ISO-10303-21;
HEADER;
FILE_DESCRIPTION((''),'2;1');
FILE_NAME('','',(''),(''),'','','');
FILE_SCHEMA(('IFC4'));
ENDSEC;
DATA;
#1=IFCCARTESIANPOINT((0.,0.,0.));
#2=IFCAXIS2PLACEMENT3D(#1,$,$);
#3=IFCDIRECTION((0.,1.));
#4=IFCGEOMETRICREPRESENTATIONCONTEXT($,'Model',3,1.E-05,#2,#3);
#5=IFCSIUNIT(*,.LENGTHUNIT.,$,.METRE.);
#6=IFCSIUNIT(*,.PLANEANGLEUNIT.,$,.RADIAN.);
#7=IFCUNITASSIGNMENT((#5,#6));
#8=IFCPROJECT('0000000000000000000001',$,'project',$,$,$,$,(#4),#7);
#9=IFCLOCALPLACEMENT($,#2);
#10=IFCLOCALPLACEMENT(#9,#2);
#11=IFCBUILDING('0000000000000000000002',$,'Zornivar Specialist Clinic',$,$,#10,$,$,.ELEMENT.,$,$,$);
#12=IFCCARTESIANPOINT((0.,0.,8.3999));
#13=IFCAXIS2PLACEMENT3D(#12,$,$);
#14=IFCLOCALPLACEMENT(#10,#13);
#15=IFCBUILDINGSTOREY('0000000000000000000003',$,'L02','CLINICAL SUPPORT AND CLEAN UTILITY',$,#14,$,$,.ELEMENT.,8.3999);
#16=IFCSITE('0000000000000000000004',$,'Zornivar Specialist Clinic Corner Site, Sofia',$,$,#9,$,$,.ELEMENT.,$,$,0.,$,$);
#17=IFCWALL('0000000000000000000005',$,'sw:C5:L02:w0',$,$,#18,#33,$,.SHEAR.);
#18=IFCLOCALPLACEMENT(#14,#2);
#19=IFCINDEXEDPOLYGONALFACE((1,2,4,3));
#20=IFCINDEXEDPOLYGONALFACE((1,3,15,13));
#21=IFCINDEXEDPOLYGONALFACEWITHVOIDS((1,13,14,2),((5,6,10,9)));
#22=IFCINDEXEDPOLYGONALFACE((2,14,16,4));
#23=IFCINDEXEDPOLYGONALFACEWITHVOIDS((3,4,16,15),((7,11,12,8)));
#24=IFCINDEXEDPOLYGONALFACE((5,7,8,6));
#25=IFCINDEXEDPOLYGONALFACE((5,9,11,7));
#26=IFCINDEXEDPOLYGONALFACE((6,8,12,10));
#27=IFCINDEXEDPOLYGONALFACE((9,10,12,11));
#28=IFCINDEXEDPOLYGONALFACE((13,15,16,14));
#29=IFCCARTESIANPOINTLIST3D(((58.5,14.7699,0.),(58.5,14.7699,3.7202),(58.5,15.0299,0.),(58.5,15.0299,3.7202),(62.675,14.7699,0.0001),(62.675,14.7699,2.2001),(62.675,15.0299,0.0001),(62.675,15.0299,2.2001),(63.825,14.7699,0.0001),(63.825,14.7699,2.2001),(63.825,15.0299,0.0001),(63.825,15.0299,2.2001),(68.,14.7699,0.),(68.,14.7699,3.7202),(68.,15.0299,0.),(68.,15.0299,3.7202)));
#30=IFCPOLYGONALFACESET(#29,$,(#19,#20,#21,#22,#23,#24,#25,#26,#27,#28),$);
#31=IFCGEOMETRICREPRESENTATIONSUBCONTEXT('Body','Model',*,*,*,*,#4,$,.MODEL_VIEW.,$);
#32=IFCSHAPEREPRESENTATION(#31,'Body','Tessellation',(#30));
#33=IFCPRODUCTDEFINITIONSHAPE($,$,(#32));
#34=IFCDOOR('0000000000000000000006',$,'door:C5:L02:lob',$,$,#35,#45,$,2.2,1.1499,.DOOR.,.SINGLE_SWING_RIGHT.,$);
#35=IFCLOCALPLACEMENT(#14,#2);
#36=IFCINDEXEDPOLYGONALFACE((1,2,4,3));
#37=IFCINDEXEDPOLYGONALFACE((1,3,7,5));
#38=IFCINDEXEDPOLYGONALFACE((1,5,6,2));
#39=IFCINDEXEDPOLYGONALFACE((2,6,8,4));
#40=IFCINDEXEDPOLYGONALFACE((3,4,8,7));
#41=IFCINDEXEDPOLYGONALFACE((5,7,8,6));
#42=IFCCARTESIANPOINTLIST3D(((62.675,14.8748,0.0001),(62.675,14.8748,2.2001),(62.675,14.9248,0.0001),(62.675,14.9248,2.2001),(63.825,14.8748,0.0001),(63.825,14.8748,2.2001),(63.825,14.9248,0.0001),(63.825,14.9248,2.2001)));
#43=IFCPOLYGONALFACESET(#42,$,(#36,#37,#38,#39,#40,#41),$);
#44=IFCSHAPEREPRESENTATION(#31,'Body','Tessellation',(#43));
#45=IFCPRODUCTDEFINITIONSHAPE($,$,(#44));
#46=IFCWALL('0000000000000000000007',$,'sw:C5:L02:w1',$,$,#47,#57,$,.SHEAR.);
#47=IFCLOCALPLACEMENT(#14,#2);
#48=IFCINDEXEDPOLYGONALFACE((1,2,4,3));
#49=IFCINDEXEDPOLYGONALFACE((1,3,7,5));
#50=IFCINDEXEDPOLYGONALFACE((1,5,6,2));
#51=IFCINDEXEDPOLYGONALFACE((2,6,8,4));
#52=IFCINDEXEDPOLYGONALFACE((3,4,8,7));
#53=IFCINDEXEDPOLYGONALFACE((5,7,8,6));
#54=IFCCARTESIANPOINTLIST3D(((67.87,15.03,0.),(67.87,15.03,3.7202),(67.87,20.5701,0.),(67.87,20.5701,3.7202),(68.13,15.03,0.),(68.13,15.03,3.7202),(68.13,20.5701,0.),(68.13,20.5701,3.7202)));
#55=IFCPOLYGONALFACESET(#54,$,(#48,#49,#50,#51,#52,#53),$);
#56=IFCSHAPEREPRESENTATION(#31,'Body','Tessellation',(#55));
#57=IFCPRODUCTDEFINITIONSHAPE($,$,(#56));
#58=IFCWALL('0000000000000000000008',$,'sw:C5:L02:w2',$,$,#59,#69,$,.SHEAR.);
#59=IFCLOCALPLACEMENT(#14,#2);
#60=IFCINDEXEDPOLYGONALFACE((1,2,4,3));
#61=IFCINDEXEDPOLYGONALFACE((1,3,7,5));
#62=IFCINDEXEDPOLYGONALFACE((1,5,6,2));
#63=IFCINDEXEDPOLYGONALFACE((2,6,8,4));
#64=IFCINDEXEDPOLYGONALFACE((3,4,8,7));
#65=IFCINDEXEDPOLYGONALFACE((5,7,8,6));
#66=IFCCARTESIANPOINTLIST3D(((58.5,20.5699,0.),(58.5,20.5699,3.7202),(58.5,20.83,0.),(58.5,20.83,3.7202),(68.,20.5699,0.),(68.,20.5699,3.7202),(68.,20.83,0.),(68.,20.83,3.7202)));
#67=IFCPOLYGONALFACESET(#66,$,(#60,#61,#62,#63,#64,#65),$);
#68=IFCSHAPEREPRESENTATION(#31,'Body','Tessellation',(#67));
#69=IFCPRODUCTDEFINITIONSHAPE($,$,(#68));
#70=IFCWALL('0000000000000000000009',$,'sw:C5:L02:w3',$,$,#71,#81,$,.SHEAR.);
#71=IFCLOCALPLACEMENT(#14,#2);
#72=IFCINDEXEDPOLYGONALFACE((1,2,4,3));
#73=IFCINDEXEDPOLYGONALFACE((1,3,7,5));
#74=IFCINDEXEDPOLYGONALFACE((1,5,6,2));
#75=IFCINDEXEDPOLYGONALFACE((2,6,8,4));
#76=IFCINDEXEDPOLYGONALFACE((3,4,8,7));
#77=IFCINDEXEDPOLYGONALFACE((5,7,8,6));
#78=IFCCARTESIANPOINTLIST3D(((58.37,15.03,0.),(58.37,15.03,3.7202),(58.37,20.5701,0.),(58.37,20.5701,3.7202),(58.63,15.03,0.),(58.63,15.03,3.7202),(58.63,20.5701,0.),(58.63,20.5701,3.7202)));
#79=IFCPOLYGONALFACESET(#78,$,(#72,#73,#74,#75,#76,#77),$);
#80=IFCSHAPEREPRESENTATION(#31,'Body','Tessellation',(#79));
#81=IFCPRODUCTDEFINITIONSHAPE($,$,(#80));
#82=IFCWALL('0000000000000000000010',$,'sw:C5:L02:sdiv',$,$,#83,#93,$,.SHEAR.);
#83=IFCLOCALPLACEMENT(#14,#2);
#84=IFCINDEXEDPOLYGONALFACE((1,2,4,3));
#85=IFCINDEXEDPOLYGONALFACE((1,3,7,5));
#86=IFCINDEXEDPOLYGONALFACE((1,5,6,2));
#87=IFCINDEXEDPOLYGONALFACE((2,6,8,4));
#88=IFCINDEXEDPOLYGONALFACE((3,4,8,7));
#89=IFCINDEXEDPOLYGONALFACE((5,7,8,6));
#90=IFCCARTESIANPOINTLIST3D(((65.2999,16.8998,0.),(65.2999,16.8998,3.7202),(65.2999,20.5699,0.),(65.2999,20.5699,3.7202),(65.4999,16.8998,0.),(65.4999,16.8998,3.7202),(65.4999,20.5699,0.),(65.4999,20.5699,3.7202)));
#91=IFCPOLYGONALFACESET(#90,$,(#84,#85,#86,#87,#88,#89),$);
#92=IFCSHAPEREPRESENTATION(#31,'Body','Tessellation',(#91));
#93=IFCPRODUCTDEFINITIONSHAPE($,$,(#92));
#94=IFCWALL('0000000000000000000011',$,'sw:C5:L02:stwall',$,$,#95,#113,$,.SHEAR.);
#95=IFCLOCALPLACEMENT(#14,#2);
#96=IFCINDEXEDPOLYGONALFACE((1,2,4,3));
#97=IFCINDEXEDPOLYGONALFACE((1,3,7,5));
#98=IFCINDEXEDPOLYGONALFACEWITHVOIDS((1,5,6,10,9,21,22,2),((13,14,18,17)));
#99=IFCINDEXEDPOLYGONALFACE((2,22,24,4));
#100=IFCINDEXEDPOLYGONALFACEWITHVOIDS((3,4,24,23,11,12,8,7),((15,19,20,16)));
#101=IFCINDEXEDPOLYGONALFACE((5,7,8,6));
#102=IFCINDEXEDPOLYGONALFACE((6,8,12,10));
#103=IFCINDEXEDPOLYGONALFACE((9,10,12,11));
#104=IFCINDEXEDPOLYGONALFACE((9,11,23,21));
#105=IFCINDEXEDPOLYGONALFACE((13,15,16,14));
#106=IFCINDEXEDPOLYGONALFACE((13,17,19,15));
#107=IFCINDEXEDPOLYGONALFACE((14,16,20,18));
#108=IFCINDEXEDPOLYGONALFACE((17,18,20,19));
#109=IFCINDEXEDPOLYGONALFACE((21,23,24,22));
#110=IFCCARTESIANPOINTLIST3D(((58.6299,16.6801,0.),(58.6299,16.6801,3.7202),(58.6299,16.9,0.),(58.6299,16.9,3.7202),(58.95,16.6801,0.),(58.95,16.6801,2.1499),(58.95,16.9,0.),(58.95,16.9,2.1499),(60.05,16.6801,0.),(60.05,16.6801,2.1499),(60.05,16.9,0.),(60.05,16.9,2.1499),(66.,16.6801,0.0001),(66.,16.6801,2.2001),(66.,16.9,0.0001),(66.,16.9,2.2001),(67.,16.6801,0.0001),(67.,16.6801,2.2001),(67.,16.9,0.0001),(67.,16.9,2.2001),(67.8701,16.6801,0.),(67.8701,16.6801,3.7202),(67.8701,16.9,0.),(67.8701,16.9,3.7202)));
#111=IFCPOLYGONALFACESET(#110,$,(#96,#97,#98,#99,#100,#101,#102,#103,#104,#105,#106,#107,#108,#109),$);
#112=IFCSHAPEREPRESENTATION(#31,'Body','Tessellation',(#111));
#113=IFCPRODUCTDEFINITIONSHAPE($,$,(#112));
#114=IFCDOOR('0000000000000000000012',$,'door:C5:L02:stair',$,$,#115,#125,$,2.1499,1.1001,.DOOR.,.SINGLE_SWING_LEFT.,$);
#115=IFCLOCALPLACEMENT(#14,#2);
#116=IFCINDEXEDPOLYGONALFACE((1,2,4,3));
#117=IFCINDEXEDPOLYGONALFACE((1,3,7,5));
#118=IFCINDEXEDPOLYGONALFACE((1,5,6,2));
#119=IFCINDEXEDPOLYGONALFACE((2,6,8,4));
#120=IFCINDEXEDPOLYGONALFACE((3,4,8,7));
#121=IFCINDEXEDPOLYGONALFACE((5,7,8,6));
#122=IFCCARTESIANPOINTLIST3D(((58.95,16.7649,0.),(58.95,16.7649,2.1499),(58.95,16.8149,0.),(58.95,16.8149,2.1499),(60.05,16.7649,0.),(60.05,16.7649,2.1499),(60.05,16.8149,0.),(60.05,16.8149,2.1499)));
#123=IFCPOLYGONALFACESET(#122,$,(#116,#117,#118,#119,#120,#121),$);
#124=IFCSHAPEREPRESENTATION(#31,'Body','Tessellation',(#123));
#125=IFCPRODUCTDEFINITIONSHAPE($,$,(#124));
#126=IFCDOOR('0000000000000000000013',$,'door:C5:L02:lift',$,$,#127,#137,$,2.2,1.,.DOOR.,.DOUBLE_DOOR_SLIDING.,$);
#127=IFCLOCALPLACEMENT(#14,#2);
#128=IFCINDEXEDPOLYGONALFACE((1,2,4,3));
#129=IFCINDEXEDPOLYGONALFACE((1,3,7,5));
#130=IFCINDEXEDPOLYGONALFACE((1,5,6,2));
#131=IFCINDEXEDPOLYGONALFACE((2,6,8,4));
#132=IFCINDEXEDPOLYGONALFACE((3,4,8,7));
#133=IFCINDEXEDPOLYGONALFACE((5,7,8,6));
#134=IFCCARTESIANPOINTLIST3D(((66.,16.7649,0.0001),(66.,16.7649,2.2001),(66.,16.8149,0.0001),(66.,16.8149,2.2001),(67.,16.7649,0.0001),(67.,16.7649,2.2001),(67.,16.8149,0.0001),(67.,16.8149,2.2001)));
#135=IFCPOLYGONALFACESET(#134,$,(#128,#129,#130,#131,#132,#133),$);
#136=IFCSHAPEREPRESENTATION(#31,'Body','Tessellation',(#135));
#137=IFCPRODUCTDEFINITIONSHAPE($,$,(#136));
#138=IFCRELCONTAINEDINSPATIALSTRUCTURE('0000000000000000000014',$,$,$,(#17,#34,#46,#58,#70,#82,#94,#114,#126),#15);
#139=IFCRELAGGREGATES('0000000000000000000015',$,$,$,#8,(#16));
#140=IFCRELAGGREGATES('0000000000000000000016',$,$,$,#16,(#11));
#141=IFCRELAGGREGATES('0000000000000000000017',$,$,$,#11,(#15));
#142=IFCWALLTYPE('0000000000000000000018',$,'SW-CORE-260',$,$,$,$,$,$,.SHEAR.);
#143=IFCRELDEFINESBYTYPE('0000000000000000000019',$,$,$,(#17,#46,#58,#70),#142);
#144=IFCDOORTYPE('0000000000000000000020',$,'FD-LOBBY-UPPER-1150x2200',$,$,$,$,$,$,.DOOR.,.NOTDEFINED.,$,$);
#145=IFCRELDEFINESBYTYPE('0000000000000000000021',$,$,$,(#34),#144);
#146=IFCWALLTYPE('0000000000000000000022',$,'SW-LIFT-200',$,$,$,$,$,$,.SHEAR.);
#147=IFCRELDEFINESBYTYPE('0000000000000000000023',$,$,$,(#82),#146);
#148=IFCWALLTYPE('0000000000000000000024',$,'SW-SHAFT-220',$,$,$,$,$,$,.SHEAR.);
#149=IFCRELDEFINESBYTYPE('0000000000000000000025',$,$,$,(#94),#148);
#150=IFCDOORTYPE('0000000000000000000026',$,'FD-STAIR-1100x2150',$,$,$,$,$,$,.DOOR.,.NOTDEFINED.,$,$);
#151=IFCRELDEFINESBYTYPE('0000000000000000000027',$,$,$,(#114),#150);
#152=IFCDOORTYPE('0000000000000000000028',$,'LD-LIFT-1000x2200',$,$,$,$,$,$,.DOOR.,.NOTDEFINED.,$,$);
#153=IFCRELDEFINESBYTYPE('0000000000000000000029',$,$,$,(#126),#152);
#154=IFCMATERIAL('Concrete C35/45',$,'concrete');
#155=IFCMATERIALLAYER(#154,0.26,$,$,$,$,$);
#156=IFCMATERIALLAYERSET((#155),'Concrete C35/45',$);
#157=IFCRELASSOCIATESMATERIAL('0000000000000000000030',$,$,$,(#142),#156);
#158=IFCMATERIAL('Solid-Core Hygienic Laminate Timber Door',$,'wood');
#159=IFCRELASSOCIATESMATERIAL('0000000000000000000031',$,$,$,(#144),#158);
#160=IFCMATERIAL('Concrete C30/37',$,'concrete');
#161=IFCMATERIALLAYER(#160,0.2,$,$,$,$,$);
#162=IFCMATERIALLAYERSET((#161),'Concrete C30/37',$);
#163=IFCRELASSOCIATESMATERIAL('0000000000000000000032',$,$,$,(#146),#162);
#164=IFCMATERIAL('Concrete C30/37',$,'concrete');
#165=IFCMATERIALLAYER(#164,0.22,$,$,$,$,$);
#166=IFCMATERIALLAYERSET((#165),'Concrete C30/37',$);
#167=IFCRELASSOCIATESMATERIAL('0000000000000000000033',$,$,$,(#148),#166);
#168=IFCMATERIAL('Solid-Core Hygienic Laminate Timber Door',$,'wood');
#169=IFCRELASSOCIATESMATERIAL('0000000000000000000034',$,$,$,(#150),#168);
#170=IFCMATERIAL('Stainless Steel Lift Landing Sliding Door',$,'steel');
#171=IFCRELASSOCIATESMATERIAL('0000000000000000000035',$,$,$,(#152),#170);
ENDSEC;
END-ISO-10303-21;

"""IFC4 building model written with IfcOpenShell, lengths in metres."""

from ifc_helpers import new_model, si_unit, direction, frame, frame_2d, origin, place, context, subcontext, project, spatial, rectangle, extrude, material, layer, layer_set, type_object, element, fill, save


model = new_model("IFC4")

# Units and contexts
model_context = context("Model", 3, precision=1e-05, world=origin(), true_north=direction((0.0, 1.0)))
body_context = subcontext(model_context, "Body", "Model", "MODEL_VIEW")
ifc_project = project(units=[si_unit("LENGTHUNIT", "METRE"), si_unit("PLANEANGLEUNIT", "RADIAN")], contexts=[model_context])

# Site, building, storey
site_placement = place(None, origin())
site = spatial("IfcSite", under=ifc_project, at=site_placement, Name="Zornivar Specialist Clinic Corner Site, Sofia", CompositionType="ELEMENT", RefElevation=0.0)
building_placement = place(site_placement, origin())
building = spatial("IfcBuilding", under=site, at=building_placement, Name="Zornivar Specialist Clinic", CompositionType="ELEMENT")
storey_placement = place(building_placement, frame((0.0, 0.0, 8.3999)))
storey = spatial("IfcBuildingStorey", under=building, at=storey_placement, Name="L02", Description="CLINICAL SUPPORT AND CLEAN UTILITY", CompositionType="ELEMENT", Elevation=8.3999)

# Wall, opening, door
ifc_material_1 = material(Name="Concrete C35/45", Category="concrete")
ifc_layer_1 = layer(ifc_material_1, 0.26)
ifc_layer_set_1 = layer_set([ifc_layer_1], Name="Concrete C35/45")
wall_type_1 = type_object("IfcWallType", Name="SW-CORE-260", PredefinedType="SHEAR", material=ifc_layer_set_1)
wall_1_placement = place(storey_placement, frame((58.5, 14.8999, 0.0), z_axis=(0.0, 0.0, 1.0), x_axis=(1.0, 0.0, 0.0)))
wall_1 = element("IfcWall", 1, at=wall_1_placement, inside=storey, type_object=wall_type_1, Name="sw:C5:L02:w0", PredefinedType="SHEAR", context=body_context, shape_type="SweptSolid", body=[
    extrude(rectangle(XDim=9.5, YDim=0.26, at=frame_2d((4.75, 0.0))), origin(), (0.0, 0.0, 1.0), 3.7202),
])
opening_1_placement = place(wall_1_placement, frame((4.175, 0.0, 0.0)))
opening_1 = element("IfcOpeningElement", 2, at=opening_1_placement, cuts=wall_1, PredefinedType="OPENING", context=body_context, shape_type="SweptSolid", body=[
    extrude(rectangle(XDim=1.1499, YDim=2.2, at=frame_2d((0.575, 1.1001))), frame((0.0, 0.1399, 0.0), z_axis=(0.0, -1.0, 0.0), x_axis=(1.0, 0.0, 0.0)), (0.0, 0.0, 1.0), 0.28),
])
ifc_material_2 = material(Name="Solid-Core Hygienic Laminate Timber Door", Category="wood")
door_type_1 = type_object("IfcDoorType", Name="FD-LOBBY-UPPER-1150x2200", OperationType="NOTDEFINED", PredefinedType="DOOR", material=ifc_material_2)
door_1_placement = place(opening_1_placement, origin())
door_1 = element("IfcDoor", 3, at=door_1_placement, inside=storey, type_object=door_type_1, Name="door:C5:L02:lob", OperationType="SINGLE_SWING_RIGHT", OverallHeight=2.2, OverallWidth=1.1499, PredefinedType="DOOR", context=body_context, shape_type="SweptSolid", body=[
    extrude(rectangle(XDim=1.1499, YDim=2.2, at=frame_2d((0.575, 1.1001))), frame((0.0, 0.0249, 0.0), z_axis=(0.0, -1.0, 0.0), x_axis=(1.0, 0.0, 0.0)), (0.0, 0.0, 1.0), 0.05),
])
fill(opening_1, door_1)

# Walls
wall_2_placement = place(storey_placement, frame((68.0, 15.03, 0.0), z_axis=(0.0, 0.0, 1.0), x_axis=(0.0, 1.0, 0.0)))
element("IfcWall", 4, at=wall_2_placement, inside=storey, type_object=wall_type_1, Name="sw:C5:L02:w1", PredefinedType="SHEAR", context=body_context, shape_type="SweptSolid", body=[
    extrude(rectangle(XDim=5.54, YDim=0.26, at=frame_2d((2.77, 0.0))), origin(), (0.0, 0.0, 1.0), 3.7202),
])
wall_3_placement = place(storey_placement, frame((68.0, 20.7, 0.0), z_axis=(0.0, 0.0, 1.0), x_axis=(-1.0, 0.0, 0.0)))
element("IfcWall", 5, at=wall_3_placement, inside=storey, type_object=wall_type_1, Name="sw:C5:L02:w2", PredefinedType="SHEAR", context=body_context, shape_type="SweptSolid", body=[
    extrude(rectangle(XDim=9.5, YDim=0.26, at=frame_2d((4.75, 0.0))), origin(), (0.0, 0.0, 1.0), 3.7202),
])
wall_4_placement = place(storey_placement, frame((58.5, 20.5701, 0.0), z_axis=(0.0, 0.0, 1.0), x_axis=(0.0, -1.0, 0.0)))
element("IfcWall", 6, at=wall_4_placement, inside=storey, type_object=wall_type_1, Name="sw:C5:L02:w3", PredefinedType="SHEAR", context=body_context, shape_type="SweptSolid", body=[
    extrude(rectangle(XDim=5.54, YDim=0.26, at=frame_2d((2.77, 0.0))), origin(), (0.0, 0.0, 1.0), 3.7202),
])
ifc_material_3 = material(Name="Concrete C30/37", Category="concrete")
ifc_layer_2 = layer(ifc_material_3, 0.2)
ifc_layer_set_2 = layer_set([ifc_layer_2], Name="Concrete C30/37")
wall_type_2 = type_object("IfcWallType", Name="SW-LIFT-200", PredefinedType="SHEAR", material=ifc_layer_set_2)
wall_5_placement = place(storey_placement, frame((65.3999, 16.8999, 0.0), z_axis=(0.0, 0.0, 1.0), x_axis=(0.0, 1.0, 0.0)))
element("IfcWall", 7, at=wall_5_placement, inside=storey, type_object=wall_type_2, Name="sw:C5:L02:sdiv", PredefinedType="SHEAR", context=body_context, shape_type="SweptSolid", body=[
    extrude(rectangle(XDim=3.6702, YDim=0.2, at=frame_2d((1.835, 0.0))), origin(), (0.0, 0.0, 1.0), 3.7202),
])

# Wall, openings, doors
ifc_material_4 = material(Name="Concrete C30/37", Category="concrete")
ifc_layer_3 = layer(ifc_material_4, 0.22)
ifc_layer_set_3 = layer_set([ifc_layer_3], Name="Concrete C30/37")
wall_type_3 = type_object("IfcWallType", Name="SW-SHAFT-220", PredefinedType="SHEAR", material=ifc_layer_set_3)
wall_6_placement = place(storey_placement, frame((58.6299, 16.79, 0.0), z_axis=(0.0, 0.0, 1.0), x_axis=(1.0, 0.0, 0.0)))
wall_6 = element("IfcWall", 8, at=wall_6_placement, inside=storey, type_object=wall_type_3, Name="sw:C5:L02:stwall", PredefinedType="SHEAR", context=body_context, shape_type="SweptSolid", body=[
    extrude(rectangle(XDim=9.2402, YDim=0.22, at=frame_2d((4.6201, 0.0))), origin(), (0.0, 0.0, 1.0), 3.7202),
])
opening_2_placement = place(wall_6_placement, frame((0.3201, 0.0, 0.0)))
opening_2 = element("IfcOpeningElement", 9, at=opening_2_placement, cuts=wall_6, PredefinedType="OPENING", context=body_context, shape_type="SweptSolid", body=[
    extrude(rectangle(XDim=1.1001, YDim=2.1499, at=frame_2d((0.55, 1.075))), frame((0.0, 0.1199, 0.0), z_axis=(0.0, -1.0, 0.0), x_axis=(1.0, 0.0, 0.0)), (0.0, 0.0, 1.0), 0.24),
])
opening_3_placement = place(wall_6_placement, frame((7.3701, 0.0, 0.0)))
opening_3 = element("IfcOpeningElement", 10, at=opening_3_placement, cuts=wall_6, PredefinedType="OPENING", context=body_context, shape_type="SweptSolid", body=[
    extrude(rectangle(XDim=1.0, YDim=2.2, at=frame_2d((0.5, 1.1001))), frame((0.0, 0.1199, 0.0), z_axis=(0.0, -1.0, 0.0), x_axis=(1.0, 0.0, 0.0)), (0.0, 0.0, 1.0), 0.24),
])
ifc_material_5 = material(Name="Solid-Core Hygienic Laminate Timber Door", Category="wood")
door_type_2 = type_object("IfcDoorType", Name="FD-STAIR-1100x2150", OperationType="NOTDEFINED", PredefinedType="DOOR", material=ifc_material_5)
door_2_placement = place(opening_2_placement, origin())
door_2 = element("IfcDoor", 11, at=door_2_placement, inside=storey, type_object=door_type_2, Name="door:C5:L02:stair", OperationType="SINGLE_SWING_LEFT", OverallHeight=2.1499, OverallWidth=1.1001, PredefinedType="DOOR", context=body_context, shape_type="SweptSolid", body=[
    extrude(rectangle(XDim=1.1001, YDim=2.1499, at=frame_2d((0.55, 1.075))), frame((0.0, 0.0249, 0.0), z_axis=(0.0, -1.0, 0.0), x_axis=(1.0, 0.0, 0.0)), (0.0, 0.0, 1.0), 0.05),
])
fill(opening_2, door_2)
ifc_material_6 = material(Name="Stainless Steel Lift Landing Sliding Door", Category="steel")
door_type_3 = type_object("IfcDoorType", Name="LD-LIFT-1000x2200", OperationType="NOTDEFINED", PredefinedType="DOOR", material=ifc_material_6)
door_3_placement = place(opening_3_placement, origin())
door_3 = element("IfcDoor", 12, at=door_3_placement, inside=storey, type_object=door_type_3, Name="door:C5:L02:lift", OperationType="DOUBLE_DOOR_SLIDING", OverallHeight=2.2, OverallWidth=1.0, PredefinedType="DOOR", context=body_context, shape_type="SweptSolid", body=[
    extrude(rectangle(XDim=1.0, YDim=2.2, at=frame_2d((0.5, 1.1001))), frame((0.0, 0.0249, 0.0), z_axis=(0.0, -1.0, 0.0), x_axis=(1.0, 0.0, 0.0)), (0.0, 0.0, 1.0), 0.05),
])
fill(opening_3, door_3)

save(model, "model.ifc")
